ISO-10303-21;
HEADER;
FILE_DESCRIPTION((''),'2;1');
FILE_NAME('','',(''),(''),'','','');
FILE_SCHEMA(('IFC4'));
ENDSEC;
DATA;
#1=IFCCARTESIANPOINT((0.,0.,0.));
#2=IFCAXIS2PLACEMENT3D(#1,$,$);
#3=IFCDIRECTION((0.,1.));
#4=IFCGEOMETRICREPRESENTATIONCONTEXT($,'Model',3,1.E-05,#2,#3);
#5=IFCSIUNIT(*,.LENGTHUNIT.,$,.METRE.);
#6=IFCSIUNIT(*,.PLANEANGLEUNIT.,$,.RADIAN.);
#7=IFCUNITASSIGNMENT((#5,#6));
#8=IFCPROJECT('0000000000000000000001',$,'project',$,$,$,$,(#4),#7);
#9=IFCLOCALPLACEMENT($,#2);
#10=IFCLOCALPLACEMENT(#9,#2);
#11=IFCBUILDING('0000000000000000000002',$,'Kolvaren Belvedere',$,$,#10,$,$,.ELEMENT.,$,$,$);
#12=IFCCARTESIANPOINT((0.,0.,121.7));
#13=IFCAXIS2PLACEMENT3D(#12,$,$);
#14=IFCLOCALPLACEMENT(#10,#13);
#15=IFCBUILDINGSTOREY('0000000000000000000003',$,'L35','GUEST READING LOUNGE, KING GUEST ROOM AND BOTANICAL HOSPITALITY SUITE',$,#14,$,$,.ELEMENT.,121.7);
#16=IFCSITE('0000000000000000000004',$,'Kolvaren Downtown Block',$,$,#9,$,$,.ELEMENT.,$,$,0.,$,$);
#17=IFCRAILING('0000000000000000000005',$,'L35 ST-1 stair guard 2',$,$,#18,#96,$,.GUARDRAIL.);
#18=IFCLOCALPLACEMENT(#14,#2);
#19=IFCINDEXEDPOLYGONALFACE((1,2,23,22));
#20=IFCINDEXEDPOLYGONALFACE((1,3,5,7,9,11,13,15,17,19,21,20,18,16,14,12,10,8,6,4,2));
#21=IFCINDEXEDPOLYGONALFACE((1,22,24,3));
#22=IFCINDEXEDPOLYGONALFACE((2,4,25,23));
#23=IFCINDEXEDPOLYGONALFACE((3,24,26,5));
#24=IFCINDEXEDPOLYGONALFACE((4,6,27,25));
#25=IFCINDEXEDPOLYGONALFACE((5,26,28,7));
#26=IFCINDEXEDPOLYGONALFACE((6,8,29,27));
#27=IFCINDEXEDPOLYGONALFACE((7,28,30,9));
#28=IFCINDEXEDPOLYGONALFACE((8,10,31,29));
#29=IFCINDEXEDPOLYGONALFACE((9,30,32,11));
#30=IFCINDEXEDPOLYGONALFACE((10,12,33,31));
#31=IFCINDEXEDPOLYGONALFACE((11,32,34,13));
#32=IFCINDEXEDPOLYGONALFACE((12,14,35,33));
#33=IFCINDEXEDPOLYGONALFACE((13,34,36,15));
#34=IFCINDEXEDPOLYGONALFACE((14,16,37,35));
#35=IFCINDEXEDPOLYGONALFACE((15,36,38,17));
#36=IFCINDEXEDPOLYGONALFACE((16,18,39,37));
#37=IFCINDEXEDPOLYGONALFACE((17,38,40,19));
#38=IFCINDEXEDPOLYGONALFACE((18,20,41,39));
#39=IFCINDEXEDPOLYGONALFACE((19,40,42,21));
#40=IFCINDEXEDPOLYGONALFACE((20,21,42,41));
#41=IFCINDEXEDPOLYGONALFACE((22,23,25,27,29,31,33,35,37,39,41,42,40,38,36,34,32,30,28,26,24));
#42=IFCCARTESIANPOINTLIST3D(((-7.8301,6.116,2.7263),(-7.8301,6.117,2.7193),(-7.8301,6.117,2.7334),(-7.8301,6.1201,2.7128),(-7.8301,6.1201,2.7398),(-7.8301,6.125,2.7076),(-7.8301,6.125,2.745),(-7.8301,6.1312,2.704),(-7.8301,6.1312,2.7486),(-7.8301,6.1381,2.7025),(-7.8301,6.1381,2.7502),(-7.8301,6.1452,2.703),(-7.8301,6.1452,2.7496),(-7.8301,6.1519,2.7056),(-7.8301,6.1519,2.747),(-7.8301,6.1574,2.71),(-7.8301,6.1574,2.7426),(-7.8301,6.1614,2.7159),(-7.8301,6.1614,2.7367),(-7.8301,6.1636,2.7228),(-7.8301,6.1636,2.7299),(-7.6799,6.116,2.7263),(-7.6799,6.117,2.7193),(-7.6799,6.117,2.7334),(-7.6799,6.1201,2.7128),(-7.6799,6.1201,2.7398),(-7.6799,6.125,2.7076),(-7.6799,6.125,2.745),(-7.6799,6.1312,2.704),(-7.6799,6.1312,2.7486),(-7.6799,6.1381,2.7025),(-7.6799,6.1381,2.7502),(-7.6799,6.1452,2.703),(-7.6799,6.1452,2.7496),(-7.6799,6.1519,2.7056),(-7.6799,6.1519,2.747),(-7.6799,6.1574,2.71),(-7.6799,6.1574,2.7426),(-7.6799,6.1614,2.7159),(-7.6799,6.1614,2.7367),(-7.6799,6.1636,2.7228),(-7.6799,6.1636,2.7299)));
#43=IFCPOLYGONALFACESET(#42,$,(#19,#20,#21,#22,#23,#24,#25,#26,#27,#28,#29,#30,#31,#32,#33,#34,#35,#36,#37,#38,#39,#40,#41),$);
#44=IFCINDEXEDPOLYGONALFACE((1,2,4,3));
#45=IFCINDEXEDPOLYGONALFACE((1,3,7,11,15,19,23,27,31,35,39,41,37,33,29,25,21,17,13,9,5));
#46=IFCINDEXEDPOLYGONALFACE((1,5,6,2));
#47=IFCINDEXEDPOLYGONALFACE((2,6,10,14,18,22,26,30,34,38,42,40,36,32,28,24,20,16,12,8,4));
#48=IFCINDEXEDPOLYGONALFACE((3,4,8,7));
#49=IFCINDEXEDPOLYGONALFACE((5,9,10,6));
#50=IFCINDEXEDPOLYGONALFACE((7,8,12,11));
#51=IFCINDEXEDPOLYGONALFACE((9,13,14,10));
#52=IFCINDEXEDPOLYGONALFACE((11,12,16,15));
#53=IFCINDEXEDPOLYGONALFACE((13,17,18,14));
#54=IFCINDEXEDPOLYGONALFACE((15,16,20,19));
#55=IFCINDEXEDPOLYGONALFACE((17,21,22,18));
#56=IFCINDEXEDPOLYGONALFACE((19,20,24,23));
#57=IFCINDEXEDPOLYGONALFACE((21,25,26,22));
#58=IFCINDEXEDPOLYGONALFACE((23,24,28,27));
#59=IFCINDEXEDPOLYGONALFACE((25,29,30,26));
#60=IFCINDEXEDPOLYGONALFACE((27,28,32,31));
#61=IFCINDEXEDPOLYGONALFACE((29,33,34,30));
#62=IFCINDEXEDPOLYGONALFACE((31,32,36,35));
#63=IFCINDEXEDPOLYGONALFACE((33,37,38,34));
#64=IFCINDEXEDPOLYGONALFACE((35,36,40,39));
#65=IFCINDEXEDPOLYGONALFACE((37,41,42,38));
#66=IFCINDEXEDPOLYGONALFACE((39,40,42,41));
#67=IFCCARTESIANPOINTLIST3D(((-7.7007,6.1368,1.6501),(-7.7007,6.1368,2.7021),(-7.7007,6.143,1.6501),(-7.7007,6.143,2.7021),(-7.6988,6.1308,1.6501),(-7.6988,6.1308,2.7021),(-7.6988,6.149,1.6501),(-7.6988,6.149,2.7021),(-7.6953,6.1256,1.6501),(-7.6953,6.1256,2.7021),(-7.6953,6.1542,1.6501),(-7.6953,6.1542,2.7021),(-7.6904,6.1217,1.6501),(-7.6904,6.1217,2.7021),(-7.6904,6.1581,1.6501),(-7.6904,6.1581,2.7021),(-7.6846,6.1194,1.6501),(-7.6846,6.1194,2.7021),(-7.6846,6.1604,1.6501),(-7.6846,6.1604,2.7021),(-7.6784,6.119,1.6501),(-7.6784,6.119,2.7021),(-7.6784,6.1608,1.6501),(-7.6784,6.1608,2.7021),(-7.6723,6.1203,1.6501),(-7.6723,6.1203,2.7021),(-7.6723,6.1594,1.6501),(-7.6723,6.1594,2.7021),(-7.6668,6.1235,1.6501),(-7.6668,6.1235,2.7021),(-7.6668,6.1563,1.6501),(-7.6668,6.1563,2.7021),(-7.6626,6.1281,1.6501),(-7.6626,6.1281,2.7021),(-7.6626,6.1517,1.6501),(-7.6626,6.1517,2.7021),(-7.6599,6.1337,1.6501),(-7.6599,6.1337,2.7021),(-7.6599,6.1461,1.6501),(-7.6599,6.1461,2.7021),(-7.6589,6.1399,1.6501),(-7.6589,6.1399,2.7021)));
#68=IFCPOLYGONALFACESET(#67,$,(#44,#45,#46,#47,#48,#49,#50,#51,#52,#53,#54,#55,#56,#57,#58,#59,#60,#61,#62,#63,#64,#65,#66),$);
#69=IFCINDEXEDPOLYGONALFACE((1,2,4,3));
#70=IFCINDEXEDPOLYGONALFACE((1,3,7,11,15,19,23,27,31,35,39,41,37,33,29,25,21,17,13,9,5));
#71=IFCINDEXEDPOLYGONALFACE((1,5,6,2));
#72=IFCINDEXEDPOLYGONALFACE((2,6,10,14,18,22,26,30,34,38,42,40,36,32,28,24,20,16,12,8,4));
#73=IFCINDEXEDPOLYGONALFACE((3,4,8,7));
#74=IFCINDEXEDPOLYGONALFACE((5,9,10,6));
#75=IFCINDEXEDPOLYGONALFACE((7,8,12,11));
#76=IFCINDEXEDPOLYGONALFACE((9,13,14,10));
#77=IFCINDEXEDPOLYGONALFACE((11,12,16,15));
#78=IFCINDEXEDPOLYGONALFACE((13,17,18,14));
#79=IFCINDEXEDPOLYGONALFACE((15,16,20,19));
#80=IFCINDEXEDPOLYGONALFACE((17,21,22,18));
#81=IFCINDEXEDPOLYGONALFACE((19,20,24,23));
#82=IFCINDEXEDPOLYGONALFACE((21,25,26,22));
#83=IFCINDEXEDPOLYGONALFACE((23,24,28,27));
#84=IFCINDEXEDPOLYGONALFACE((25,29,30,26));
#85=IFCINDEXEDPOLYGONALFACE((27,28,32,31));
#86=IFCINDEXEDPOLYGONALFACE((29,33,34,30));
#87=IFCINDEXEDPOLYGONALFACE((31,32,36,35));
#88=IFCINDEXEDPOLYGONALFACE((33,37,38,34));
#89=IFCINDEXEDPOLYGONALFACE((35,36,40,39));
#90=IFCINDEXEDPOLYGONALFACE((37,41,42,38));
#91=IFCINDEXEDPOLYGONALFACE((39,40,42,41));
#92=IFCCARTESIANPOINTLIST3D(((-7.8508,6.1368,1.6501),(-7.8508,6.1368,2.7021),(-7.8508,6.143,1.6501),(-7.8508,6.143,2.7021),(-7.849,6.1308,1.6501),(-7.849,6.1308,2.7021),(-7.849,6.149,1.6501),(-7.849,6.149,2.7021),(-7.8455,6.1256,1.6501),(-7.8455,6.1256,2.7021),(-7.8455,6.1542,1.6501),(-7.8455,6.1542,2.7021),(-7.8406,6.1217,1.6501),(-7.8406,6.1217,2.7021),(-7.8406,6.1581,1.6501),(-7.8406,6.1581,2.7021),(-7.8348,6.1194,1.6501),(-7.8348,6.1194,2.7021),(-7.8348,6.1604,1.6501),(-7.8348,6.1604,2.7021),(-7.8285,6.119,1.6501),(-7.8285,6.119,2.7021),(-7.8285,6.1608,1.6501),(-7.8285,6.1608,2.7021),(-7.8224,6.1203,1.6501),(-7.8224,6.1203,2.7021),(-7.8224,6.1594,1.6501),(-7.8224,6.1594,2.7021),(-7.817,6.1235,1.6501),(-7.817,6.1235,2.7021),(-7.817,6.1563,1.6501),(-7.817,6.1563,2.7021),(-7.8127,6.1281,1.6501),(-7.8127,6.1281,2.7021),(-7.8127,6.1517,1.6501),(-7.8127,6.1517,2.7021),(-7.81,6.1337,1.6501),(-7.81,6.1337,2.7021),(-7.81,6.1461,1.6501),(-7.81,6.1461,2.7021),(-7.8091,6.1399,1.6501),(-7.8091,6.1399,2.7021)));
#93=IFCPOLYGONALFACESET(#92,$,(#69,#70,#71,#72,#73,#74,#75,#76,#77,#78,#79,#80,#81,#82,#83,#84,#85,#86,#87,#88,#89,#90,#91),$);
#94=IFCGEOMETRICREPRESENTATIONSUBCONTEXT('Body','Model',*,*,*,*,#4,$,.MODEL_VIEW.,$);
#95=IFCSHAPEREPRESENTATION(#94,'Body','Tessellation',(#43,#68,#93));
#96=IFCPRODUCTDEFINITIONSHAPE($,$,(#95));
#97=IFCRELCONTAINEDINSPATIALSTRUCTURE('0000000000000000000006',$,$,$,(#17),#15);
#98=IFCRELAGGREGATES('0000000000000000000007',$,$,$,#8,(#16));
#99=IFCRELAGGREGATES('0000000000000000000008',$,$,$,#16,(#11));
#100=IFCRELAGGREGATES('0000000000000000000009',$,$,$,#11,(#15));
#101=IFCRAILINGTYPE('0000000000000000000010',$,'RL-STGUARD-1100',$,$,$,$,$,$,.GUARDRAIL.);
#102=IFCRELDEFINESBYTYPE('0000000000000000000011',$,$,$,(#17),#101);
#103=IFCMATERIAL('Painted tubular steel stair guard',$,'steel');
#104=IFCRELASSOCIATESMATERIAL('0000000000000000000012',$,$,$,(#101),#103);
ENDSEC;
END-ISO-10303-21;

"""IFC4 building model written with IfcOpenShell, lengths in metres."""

from ifc_helpers import new_model, si_unit, direction, frame, origin, origin_2d, place, context, subcontext, project, spatial, circle, extrude, material, type_object, element, save


model = new_model("IFC4")

# Units and contexts
model_context = context("Model", 3, precision=1e-05, world=origin(), true_north=direction((0.0, 1.0)))
body_context = subcontext(model_context, "Body", "Model", "MODEL_VIEW")
ifc_project = project(units=[si_unit("LENGTHUNIT", "METRE"), si_unit("PLANEANGLEUNIT", "RADIAN")], contexts=[model_context])

# Site, building, storey
site_placement = place(None, origin())
site = spatial("IfcSite", under=ifc_project, at=site_placement, Name="Kolvaren Downtown Block", CompositionType="ELEMENT", RefElevation=0.0)
building_placement = place(site_placement, origin())
building = spatial("IfcBuilding", under=site, at=building_placement, Name="Kolvaren Belvedere", CompositionType="ELEMENT")
storey_placement = place(building_placement, frame((0.0, 0.0, 121.7)))
storey = spatial("IfcBuildingStorey", under=building, at=storey_placement, Name="L35", Description="GUEST READING LOUNGE, KING GUEST ROOM AND BOTANICAL HOSPITALITY SUITE", CompositionType="ELEMENT", Elevation=121.7)

# Railing
ifc_material_1 = material(Name="Painted tubular steel stair guard", Category="steel")
railing_type_1 = type_object("IfcRailingType", Name="RL-STGUARD-1100", PredefinedType="GUARDRAIL", material=ifc_material_1)
railing_1_placement = place(storey_placement, frame((-7.6799, 6.1399, 1.6501)))
element("IfcRailing", 1, at=railing_1_placement, inside=storey, type_object=railing_type_1, Name="L35 ST-1 stair guard 2", PredefinedType="GUARDRAIL", context=body_context, shape_type="SweptSolid", body=[
    extrude(circle(Radius=0.0239, at=origin_2d()), frame((0.0, 0.0, 1.0762), z_axis=(-1.0, 0.0, 0.0), x_axis=(0.0, -1.0, 0.0)), (0.0, 0.0, 1.0), 0.1501),
    extrude(circle(Radius=0.021, at=origin_2d()), origin(), (0.0, 0.0, 1.0), 1.052),
    extrude(circle(Radius=0.021, at=origin_2d()), frame((-0.1501, 0.0, 0.0)), (0.0, 0.0, 1.0), 1.052),
])

save(model, "model.ifc")
